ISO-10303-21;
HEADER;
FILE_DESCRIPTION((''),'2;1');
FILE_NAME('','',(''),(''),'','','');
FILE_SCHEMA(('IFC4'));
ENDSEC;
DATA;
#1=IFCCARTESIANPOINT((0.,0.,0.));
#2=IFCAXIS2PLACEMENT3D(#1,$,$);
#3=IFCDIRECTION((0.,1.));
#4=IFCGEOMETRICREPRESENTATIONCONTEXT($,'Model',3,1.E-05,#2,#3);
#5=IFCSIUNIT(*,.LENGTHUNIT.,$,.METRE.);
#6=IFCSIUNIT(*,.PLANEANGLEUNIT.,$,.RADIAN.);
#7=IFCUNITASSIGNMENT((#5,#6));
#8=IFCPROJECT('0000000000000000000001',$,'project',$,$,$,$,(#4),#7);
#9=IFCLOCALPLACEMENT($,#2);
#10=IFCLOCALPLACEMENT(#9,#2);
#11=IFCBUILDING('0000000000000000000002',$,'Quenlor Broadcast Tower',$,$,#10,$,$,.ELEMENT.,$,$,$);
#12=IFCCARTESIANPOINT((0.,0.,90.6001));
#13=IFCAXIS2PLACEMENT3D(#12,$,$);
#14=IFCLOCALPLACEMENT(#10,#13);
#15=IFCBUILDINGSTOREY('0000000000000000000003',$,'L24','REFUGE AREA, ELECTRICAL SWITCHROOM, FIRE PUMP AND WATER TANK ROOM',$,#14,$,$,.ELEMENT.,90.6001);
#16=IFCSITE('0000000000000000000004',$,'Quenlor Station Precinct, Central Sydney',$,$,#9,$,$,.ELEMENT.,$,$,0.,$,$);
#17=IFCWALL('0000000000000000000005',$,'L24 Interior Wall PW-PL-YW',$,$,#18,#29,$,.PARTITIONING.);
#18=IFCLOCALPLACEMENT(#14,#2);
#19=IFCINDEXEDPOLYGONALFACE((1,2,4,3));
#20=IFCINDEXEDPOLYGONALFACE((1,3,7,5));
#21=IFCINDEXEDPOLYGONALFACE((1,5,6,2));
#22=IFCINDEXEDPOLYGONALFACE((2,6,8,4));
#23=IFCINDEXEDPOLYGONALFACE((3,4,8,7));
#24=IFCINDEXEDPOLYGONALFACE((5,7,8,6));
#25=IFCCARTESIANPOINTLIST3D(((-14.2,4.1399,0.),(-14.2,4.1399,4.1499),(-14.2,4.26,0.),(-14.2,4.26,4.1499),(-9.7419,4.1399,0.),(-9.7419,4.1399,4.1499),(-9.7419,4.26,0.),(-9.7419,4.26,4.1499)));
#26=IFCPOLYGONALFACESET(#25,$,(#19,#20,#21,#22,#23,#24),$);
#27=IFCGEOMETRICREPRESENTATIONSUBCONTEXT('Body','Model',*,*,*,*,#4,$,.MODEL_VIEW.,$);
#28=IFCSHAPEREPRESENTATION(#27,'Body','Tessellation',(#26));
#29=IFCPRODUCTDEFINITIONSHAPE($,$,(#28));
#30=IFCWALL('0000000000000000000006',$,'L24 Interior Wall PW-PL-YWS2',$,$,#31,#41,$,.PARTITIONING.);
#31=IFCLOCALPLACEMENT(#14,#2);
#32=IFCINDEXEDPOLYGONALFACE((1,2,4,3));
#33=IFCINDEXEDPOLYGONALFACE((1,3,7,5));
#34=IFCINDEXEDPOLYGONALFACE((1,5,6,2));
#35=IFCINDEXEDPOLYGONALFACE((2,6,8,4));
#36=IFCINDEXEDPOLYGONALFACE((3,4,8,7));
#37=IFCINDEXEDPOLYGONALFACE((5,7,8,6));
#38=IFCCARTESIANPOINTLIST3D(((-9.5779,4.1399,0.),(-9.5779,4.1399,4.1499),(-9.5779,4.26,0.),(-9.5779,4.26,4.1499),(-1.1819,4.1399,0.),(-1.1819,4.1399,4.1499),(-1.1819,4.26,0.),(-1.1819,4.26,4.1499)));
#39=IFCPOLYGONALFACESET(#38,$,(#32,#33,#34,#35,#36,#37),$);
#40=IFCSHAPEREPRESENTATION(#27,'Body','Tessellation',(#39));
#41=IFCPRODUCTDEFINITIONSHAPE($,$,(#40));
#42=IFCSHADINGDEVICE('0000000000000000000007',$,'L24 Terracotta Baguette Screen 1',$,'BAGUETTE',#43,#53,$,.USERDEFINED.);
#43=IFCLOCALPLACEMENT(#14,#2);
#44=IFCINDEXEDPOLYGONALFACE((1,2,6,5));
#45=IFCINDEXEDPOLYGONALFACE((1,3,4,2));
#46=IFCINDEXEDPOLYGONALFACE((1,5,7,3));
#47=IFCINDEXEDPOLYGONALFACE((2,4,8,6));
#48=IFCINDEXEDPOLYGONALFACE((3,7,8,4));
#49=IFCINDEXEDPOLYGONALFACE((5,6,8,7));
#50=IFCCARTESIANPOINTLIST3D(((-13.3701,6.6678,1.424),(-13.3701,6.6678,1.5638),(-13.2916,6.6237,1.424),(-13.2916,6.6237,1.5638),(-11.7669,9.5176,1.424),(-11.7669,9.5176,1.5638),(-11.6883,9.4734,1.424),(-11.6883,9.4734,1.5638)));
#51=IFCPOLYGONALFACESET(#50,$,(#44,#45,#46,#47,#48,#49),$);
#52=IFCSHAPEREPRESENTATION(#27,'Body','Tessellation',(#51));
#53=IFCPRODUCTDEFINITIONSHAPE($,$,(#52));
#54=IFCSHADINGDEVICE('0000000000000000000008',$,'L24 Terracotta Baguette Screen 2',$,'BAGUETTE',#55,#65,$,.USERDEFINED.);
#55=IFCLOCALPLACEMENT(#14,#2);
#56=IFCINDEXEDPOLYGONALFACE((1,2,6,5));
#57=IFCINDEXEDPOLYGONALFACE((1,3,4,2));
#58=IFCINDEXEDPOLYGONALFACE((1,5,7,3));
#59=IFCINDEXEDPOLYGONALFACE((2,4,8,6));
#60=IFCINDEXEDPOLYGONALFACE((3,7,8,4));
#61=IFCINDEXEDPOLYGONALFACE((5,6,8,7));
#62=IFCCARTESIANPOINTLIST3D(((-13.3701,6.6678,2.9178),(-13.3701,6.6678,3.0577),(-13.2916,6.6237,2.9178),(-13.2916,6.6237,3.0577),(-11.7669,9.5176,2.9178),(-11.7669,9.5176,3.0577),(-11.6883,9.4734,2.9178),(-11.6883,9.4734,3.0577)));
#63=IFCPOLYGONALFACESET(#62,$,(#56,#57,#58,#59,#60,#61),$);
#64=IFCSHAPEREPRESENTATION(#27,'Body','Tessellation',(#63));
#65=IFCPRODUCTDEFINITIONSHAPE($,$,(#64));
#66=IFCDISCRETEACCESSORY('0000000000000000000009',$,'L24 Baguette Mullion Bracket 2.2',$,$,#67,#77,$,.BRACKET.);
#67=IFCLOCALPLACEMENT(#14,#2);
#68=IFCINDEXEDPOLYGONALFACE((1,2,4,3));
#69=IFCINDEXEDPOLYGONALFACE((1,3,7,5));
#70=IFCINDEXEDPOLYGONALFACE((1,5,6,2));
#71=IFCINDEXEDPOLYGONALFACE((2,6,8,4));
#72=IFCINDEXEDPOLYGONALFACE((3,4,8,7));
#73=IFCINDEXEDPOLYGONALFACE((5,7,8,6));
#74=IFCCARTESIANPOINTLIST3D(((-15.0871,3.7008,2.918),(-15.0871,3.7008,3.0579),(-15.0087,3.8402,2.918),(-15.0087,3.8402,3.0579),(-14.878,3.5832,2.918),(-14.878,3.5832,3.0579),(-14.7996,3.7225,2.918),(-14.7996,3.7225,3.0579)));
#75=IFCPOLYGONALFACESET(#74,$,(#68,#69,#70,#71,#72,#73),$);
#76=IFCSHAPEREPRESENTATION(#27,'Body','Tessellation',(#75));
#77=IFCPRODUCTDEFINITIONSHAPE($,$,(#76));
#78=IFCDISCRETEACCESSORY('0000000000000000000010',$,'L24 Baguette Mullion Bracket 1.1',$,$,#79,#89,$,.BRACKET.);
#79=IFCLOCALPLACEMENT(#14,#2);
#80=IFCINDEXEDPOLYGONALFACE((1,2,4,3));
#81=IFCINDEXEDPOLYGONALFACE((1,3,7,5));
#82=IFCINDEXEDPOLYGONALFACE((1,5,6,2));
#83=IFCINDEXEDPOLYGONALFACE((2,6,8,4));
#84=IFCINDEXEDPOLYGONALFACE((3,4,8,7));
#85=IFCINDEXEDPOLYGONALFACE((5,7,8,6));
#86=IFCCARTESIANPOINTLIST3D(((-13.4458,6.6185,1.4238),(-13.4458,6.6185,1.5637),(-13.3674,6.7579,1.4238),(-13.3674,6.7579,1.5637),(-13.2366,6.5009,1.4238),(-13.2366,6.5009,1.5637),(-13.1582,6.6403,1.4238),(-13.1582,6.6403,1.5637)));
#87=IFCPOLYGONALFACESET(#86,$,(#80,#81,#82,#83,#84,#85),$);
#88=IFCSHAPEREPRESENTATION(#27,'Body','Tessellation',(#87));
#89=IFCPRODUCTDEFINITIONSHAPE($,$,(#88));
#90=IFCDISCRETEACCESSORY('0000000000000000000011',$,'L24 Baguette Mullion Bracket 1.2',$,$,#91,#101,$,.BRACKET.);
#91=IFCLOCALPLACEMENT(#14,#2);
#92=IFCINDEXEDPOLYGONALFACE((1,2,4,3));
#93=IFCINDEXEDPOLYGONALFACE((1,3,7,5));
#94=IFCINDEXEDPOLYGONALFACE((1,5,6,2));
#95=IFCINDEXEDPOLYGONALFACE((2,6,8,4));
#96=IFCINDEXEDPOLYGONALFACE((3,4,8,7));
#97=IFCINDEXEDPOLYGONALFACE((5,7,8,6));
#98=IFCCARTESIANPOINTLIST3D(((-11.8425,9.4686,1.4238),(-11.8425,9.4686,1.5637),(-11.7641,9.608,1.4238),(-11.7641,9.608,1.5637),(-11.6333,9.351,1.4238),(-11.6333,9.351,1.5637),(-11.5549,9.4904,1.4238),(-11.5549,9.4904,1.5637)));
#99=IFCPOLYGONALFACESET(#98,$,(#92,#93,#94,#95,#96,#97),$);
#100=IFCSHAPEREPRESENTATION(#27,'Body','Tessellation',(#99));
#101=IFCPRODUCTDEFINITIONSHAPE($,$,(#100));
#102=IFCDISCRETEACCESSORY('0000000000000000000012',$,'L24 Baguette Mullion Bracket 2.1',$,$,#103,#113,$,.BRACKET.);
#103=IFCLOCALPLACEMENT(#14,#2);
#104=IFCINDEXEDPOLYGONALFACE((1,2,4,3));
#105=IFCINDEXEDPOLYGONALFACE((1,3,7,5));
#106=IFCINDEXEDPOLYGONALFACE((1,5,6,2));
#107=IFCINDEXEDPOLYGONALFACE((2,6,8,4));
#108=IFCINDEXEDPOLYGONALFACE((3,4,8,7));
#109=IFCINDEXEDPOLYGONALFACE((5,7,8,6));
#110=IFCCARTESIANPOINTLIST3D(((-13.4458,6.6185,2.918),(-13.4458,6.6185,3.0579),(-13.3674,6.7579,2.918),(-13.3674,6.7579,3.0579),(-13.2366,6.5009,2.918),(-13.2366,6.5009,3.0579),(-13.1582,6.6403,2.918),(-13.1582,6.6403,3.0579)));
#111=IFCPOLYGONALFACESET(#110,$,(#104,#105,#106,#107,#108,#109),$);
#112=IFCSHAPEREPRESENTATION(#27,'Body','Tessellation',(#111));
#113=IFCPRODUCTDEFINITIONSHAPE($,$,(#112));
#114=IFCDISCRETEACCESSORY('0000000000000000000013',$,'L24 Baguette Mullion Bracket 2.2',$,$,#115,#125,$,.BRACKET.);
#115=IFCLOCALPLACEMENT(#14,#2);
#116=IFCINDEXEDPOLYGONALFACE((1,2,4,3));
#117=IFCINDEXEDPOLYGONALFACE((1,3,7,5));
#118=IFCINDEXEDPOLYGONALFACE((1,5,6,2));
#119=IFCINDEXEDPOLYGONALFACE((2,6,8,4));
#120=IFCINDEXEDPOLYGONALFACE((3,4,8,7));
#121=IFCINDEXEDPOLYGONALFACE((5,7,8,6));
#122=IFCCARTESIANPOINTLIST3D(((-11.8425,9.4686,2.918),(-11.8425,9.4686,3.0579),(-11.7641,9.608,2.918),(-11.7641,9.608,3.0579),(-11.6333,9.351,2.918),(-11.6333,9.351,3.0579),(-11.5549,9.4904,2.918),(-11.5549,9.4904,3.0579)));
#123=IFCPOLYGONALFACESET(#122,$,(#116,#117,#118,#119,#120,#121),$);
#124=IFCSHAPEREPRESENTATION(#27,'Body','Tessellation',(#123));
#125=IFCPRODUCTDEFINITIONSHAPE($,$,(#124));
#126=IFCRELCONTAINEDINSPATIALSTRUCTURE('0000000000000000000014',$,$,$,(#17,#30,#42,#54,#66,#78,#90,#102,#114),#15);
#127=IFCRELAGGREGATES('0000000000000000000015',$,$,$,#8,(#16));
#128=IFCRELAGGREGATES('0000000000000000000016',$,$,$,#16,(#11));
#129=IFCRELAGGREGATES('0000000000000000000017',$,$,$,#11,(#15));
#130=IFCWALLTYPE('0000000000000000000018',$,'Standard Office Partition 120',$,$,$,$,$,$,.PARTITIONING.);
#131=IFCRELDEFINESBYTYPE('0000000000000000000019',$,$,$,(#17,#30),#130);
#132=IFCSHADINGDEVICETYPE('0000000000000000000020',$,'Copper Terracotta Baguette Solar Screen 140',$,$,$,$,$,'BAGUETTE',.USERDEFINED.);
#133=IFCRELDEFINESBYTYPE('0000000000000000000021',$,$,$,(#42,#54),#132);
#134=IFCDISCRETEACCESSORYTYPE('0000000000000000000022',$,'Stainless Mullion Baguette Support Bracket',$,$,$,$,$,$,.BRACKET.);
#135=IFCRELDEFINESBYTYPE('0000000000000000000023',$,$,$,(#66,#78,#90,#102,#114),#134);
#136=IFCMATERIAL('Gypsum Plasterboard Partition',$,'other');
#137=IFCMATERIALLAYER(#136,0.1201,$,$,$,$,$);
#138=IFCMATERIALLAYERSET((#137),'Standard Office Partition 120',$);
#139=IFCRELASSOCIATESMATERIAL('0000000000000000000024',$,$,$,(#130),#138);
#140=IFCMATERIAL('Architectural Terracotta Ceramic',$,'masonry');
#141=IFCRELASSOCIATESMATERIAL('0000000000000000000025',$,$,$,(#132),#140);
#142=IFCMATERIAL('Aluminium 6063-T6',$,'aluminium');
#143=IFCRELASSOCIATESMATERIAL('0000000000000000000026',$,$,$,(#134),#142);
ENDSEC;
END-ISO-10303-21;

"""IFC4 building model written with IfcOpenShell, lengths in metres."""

from ifc_helpers import new_model, si_unit, direction, frame, frame_2d, origin, origin_2d, place, context, subcontext, project, spatial, rectangle, extrude, material, layer, layer_set, material_profile, profile_set, type_object, element, save


model = new_model("IFC4")

# Units and contexts
model_context = context("Model", 3, precision=1e-05, world=origin(), true_north=direction((0.0, 1.0)))
body_context = subcontext(model_context, "Body", "Model", "MODEL_VIEW")
ifc_project = project(units=[si_unit("LENGTHUNIT", "METRE"), si_unit("PLANEANGLEUNIT", "RADIAN")], contexts=[model_context])

# Site, building, storey
site_placement = place(None, origin())
site = spatial("IfcSite", under=ifc_project, at=site_placement, Name="Quenlor Station Precinct, Central Sydney", CompositionType="ELEMENT", RefElevation=0.0)
building_placement = place(site_placement, origin())
building = spatial("IfcBuilding", under=site, at=building_placement, Name="Quenlor Broadcast Tower", CompositionType="ELEMENT")
storey_placement = place(building_placement, frame((0.0, 0.0, 90.6001)))
storey = spatial("IfcBuildingStorey", under=building, at=storey_placement, Name="L24", Description="REFUGE AREA, ELECTRICAL SWITCHROOM, FIRE PUMP AND WATER TANK ROOM", CompositionType="ELEMENT", Elevation=90.6001)

# Walls
ifc_material_1 = material(Name="Gypsum Plasterboard Partition", Category="other")
ifc_layer_1 = layer(ifc_material_1, 0.1201)
ifc_layer_set_1 = layer_set([ifc_layer_1], Name="Standard Office Partition 120")
wall_type = type_object("IfcWallType", Name="Standard Office Partition 120", PredefinedType="PARTITIONING", material=ifc_layer_set_1)
wall_1_placement = place(storey_placement, frame((-14.2, 4.2, 0.0), z_axis=(0.0, 0.0, 1.0), x_axis=(1.0, 0.0, 0.0)))
element("IfcWall", 1, at=wall_1_placement, inside=storey, type_object=wall_type, Name="L24 Interior Wall PW-PL-YW", PredefinedType="PARTITIONING", context=body_context, shape_type="SweptSolid", body=[
    extrude(rectangle(XDim=4.458, YDim=0.1201, at=frame_2d((2.229, 0.0))), origin(), (0.0, 0.0, 1.0), 4.1499),
])
wall_2_placement = place(storey_placement, frame((-9.5779, 4.2, 0.0), z_axis=(0.0, 0.0, 1.0), x_axis=(1.0, 0.0, 0.0)))
element("IfcWall", 2, at=wall_2_placement, inside=storey, type_object=wall_type, Name="L24 Interior Wall PW-PL-YWS2", PredefinedType="PARTITIONING", context=body_context, shape_type="SweptSolid", body=[
    extrude(rectangle(XDim=8.396, YDim=0.1201, at=frame_2d((4.198, 0.0))), origin(), (0.0, 0.0, 1.0), 4.1499),
])

# Shading devices
ifc_material_2 = material(Name="Architectural Terracotta Ceramic", Category="masonry")
ifc_material_profile_1 = material_profile(ifc_material_2, rectangle(XDim=0.0901, YDim=0.1399, at=origin_2d()))
ifc_profile_set_1 = profile_set([ifc_material_profile_1], Name="Architectural Terracotta Ceramic BAG90x140")
shading_device_type = type_object("IfcShadingDeviceType", Name="Copper Terracotta Baguette Solar Screen 140", ElementType="BAGUETTE", PredefinedType="USERDEFINED", material=ifc_profile_set_1)
for number, where, z_axis, x_axis, name in (
    (3, (-13.3308, 6.6458, 1.4939), (0.490314, 0.871546, 0.0), (-0.871546, 0.490314, 0.0), "L24 Terracotta Baguette Screen 1"),
    (4, (-13.3308, 6.6458, 2.9878), (0.490314, 0.871546, 0.0), (-0.871546, 0.490314, 0.0), "L24 Terracotta Baguette Screen 2"),
):
    element("IfcShadingDevice", number, at=place(storey_placement, frame(where, z_axis=z_axis, x_axis=x_axis)), inside=storey, type_object=shading_device_type, Name=name, ObjectType="BAGUETTE", PredefinedType="USERDEFINED", context=body_context, shape_type="SweptSolid", body=[
        extrude(rectangle(XDim=0.0901, YDim=0.1399, at=origin_2d()), origin(), (0.0, 0.0, 1.0), 3.2698),
    ])

# Discrete accessories
ifc_material_3 = material(Name="Aluminium 6063-T6", Category="aluminium")
discrete_accessory_type = type_object("IfcDiscreteAccessoryType", Name="Stainless Mullion Baguette Support Bracket", PredefinedType="BRACKET", material=ifc_material_3)
for number, where, z_axis, x_axis, name in (
    (5, (-14.9434, 3.7117, 2.918), (0.0, 0.0, 1.0), (0.490259, 0.871577, 0.0), "L24 Baguette Mullion Bracket 2.2"),
    (6, (-13.302, 6.6294, 1.4238), (0.0, 0.0, 1.0), (0.490259, 0.871577, 0.0), "L24 Baguette Mullion Bracket 1.1"),
    (7, (-11.6987, 9.4795, 1.4238), (0.0, 0.0, 1.0), (0.490259, 0.871577, 0.0), "L24 Baguette Mullion Bracket 1.2"),
    (8, (-13.302, 6.6294, 2.918), (0.0, 0.0, 1.0), (0.490259, 0.871577, 0.0), "L24 Baguette Mullion Bracket 2.1"),
    (9, (-11.6987, 9.4795, 2.918), (0.0, 0.0, 1.0), (0.490259, 0.871577, 0.0), "L24 Baguette Mullion Bracket 2.2"),
):
    element("IfcDiscreteAccessory", number, at=place(storey_placement, frame(where, z_axis=z_axis, x_axis=x_axis)), inside=storey, type_object=discrete_accessory_type, Name=name, PredefinedType="BRACKET", context=body_context, shape_type="SweptSolid", body=[
        extrude(rectangle(XDim=0.1599, YDim=0.24, at=origin_2d()), origin(), (0.0, 0.0, 1.0), 0.1399),
    ])

save(model, "model.ifc")
